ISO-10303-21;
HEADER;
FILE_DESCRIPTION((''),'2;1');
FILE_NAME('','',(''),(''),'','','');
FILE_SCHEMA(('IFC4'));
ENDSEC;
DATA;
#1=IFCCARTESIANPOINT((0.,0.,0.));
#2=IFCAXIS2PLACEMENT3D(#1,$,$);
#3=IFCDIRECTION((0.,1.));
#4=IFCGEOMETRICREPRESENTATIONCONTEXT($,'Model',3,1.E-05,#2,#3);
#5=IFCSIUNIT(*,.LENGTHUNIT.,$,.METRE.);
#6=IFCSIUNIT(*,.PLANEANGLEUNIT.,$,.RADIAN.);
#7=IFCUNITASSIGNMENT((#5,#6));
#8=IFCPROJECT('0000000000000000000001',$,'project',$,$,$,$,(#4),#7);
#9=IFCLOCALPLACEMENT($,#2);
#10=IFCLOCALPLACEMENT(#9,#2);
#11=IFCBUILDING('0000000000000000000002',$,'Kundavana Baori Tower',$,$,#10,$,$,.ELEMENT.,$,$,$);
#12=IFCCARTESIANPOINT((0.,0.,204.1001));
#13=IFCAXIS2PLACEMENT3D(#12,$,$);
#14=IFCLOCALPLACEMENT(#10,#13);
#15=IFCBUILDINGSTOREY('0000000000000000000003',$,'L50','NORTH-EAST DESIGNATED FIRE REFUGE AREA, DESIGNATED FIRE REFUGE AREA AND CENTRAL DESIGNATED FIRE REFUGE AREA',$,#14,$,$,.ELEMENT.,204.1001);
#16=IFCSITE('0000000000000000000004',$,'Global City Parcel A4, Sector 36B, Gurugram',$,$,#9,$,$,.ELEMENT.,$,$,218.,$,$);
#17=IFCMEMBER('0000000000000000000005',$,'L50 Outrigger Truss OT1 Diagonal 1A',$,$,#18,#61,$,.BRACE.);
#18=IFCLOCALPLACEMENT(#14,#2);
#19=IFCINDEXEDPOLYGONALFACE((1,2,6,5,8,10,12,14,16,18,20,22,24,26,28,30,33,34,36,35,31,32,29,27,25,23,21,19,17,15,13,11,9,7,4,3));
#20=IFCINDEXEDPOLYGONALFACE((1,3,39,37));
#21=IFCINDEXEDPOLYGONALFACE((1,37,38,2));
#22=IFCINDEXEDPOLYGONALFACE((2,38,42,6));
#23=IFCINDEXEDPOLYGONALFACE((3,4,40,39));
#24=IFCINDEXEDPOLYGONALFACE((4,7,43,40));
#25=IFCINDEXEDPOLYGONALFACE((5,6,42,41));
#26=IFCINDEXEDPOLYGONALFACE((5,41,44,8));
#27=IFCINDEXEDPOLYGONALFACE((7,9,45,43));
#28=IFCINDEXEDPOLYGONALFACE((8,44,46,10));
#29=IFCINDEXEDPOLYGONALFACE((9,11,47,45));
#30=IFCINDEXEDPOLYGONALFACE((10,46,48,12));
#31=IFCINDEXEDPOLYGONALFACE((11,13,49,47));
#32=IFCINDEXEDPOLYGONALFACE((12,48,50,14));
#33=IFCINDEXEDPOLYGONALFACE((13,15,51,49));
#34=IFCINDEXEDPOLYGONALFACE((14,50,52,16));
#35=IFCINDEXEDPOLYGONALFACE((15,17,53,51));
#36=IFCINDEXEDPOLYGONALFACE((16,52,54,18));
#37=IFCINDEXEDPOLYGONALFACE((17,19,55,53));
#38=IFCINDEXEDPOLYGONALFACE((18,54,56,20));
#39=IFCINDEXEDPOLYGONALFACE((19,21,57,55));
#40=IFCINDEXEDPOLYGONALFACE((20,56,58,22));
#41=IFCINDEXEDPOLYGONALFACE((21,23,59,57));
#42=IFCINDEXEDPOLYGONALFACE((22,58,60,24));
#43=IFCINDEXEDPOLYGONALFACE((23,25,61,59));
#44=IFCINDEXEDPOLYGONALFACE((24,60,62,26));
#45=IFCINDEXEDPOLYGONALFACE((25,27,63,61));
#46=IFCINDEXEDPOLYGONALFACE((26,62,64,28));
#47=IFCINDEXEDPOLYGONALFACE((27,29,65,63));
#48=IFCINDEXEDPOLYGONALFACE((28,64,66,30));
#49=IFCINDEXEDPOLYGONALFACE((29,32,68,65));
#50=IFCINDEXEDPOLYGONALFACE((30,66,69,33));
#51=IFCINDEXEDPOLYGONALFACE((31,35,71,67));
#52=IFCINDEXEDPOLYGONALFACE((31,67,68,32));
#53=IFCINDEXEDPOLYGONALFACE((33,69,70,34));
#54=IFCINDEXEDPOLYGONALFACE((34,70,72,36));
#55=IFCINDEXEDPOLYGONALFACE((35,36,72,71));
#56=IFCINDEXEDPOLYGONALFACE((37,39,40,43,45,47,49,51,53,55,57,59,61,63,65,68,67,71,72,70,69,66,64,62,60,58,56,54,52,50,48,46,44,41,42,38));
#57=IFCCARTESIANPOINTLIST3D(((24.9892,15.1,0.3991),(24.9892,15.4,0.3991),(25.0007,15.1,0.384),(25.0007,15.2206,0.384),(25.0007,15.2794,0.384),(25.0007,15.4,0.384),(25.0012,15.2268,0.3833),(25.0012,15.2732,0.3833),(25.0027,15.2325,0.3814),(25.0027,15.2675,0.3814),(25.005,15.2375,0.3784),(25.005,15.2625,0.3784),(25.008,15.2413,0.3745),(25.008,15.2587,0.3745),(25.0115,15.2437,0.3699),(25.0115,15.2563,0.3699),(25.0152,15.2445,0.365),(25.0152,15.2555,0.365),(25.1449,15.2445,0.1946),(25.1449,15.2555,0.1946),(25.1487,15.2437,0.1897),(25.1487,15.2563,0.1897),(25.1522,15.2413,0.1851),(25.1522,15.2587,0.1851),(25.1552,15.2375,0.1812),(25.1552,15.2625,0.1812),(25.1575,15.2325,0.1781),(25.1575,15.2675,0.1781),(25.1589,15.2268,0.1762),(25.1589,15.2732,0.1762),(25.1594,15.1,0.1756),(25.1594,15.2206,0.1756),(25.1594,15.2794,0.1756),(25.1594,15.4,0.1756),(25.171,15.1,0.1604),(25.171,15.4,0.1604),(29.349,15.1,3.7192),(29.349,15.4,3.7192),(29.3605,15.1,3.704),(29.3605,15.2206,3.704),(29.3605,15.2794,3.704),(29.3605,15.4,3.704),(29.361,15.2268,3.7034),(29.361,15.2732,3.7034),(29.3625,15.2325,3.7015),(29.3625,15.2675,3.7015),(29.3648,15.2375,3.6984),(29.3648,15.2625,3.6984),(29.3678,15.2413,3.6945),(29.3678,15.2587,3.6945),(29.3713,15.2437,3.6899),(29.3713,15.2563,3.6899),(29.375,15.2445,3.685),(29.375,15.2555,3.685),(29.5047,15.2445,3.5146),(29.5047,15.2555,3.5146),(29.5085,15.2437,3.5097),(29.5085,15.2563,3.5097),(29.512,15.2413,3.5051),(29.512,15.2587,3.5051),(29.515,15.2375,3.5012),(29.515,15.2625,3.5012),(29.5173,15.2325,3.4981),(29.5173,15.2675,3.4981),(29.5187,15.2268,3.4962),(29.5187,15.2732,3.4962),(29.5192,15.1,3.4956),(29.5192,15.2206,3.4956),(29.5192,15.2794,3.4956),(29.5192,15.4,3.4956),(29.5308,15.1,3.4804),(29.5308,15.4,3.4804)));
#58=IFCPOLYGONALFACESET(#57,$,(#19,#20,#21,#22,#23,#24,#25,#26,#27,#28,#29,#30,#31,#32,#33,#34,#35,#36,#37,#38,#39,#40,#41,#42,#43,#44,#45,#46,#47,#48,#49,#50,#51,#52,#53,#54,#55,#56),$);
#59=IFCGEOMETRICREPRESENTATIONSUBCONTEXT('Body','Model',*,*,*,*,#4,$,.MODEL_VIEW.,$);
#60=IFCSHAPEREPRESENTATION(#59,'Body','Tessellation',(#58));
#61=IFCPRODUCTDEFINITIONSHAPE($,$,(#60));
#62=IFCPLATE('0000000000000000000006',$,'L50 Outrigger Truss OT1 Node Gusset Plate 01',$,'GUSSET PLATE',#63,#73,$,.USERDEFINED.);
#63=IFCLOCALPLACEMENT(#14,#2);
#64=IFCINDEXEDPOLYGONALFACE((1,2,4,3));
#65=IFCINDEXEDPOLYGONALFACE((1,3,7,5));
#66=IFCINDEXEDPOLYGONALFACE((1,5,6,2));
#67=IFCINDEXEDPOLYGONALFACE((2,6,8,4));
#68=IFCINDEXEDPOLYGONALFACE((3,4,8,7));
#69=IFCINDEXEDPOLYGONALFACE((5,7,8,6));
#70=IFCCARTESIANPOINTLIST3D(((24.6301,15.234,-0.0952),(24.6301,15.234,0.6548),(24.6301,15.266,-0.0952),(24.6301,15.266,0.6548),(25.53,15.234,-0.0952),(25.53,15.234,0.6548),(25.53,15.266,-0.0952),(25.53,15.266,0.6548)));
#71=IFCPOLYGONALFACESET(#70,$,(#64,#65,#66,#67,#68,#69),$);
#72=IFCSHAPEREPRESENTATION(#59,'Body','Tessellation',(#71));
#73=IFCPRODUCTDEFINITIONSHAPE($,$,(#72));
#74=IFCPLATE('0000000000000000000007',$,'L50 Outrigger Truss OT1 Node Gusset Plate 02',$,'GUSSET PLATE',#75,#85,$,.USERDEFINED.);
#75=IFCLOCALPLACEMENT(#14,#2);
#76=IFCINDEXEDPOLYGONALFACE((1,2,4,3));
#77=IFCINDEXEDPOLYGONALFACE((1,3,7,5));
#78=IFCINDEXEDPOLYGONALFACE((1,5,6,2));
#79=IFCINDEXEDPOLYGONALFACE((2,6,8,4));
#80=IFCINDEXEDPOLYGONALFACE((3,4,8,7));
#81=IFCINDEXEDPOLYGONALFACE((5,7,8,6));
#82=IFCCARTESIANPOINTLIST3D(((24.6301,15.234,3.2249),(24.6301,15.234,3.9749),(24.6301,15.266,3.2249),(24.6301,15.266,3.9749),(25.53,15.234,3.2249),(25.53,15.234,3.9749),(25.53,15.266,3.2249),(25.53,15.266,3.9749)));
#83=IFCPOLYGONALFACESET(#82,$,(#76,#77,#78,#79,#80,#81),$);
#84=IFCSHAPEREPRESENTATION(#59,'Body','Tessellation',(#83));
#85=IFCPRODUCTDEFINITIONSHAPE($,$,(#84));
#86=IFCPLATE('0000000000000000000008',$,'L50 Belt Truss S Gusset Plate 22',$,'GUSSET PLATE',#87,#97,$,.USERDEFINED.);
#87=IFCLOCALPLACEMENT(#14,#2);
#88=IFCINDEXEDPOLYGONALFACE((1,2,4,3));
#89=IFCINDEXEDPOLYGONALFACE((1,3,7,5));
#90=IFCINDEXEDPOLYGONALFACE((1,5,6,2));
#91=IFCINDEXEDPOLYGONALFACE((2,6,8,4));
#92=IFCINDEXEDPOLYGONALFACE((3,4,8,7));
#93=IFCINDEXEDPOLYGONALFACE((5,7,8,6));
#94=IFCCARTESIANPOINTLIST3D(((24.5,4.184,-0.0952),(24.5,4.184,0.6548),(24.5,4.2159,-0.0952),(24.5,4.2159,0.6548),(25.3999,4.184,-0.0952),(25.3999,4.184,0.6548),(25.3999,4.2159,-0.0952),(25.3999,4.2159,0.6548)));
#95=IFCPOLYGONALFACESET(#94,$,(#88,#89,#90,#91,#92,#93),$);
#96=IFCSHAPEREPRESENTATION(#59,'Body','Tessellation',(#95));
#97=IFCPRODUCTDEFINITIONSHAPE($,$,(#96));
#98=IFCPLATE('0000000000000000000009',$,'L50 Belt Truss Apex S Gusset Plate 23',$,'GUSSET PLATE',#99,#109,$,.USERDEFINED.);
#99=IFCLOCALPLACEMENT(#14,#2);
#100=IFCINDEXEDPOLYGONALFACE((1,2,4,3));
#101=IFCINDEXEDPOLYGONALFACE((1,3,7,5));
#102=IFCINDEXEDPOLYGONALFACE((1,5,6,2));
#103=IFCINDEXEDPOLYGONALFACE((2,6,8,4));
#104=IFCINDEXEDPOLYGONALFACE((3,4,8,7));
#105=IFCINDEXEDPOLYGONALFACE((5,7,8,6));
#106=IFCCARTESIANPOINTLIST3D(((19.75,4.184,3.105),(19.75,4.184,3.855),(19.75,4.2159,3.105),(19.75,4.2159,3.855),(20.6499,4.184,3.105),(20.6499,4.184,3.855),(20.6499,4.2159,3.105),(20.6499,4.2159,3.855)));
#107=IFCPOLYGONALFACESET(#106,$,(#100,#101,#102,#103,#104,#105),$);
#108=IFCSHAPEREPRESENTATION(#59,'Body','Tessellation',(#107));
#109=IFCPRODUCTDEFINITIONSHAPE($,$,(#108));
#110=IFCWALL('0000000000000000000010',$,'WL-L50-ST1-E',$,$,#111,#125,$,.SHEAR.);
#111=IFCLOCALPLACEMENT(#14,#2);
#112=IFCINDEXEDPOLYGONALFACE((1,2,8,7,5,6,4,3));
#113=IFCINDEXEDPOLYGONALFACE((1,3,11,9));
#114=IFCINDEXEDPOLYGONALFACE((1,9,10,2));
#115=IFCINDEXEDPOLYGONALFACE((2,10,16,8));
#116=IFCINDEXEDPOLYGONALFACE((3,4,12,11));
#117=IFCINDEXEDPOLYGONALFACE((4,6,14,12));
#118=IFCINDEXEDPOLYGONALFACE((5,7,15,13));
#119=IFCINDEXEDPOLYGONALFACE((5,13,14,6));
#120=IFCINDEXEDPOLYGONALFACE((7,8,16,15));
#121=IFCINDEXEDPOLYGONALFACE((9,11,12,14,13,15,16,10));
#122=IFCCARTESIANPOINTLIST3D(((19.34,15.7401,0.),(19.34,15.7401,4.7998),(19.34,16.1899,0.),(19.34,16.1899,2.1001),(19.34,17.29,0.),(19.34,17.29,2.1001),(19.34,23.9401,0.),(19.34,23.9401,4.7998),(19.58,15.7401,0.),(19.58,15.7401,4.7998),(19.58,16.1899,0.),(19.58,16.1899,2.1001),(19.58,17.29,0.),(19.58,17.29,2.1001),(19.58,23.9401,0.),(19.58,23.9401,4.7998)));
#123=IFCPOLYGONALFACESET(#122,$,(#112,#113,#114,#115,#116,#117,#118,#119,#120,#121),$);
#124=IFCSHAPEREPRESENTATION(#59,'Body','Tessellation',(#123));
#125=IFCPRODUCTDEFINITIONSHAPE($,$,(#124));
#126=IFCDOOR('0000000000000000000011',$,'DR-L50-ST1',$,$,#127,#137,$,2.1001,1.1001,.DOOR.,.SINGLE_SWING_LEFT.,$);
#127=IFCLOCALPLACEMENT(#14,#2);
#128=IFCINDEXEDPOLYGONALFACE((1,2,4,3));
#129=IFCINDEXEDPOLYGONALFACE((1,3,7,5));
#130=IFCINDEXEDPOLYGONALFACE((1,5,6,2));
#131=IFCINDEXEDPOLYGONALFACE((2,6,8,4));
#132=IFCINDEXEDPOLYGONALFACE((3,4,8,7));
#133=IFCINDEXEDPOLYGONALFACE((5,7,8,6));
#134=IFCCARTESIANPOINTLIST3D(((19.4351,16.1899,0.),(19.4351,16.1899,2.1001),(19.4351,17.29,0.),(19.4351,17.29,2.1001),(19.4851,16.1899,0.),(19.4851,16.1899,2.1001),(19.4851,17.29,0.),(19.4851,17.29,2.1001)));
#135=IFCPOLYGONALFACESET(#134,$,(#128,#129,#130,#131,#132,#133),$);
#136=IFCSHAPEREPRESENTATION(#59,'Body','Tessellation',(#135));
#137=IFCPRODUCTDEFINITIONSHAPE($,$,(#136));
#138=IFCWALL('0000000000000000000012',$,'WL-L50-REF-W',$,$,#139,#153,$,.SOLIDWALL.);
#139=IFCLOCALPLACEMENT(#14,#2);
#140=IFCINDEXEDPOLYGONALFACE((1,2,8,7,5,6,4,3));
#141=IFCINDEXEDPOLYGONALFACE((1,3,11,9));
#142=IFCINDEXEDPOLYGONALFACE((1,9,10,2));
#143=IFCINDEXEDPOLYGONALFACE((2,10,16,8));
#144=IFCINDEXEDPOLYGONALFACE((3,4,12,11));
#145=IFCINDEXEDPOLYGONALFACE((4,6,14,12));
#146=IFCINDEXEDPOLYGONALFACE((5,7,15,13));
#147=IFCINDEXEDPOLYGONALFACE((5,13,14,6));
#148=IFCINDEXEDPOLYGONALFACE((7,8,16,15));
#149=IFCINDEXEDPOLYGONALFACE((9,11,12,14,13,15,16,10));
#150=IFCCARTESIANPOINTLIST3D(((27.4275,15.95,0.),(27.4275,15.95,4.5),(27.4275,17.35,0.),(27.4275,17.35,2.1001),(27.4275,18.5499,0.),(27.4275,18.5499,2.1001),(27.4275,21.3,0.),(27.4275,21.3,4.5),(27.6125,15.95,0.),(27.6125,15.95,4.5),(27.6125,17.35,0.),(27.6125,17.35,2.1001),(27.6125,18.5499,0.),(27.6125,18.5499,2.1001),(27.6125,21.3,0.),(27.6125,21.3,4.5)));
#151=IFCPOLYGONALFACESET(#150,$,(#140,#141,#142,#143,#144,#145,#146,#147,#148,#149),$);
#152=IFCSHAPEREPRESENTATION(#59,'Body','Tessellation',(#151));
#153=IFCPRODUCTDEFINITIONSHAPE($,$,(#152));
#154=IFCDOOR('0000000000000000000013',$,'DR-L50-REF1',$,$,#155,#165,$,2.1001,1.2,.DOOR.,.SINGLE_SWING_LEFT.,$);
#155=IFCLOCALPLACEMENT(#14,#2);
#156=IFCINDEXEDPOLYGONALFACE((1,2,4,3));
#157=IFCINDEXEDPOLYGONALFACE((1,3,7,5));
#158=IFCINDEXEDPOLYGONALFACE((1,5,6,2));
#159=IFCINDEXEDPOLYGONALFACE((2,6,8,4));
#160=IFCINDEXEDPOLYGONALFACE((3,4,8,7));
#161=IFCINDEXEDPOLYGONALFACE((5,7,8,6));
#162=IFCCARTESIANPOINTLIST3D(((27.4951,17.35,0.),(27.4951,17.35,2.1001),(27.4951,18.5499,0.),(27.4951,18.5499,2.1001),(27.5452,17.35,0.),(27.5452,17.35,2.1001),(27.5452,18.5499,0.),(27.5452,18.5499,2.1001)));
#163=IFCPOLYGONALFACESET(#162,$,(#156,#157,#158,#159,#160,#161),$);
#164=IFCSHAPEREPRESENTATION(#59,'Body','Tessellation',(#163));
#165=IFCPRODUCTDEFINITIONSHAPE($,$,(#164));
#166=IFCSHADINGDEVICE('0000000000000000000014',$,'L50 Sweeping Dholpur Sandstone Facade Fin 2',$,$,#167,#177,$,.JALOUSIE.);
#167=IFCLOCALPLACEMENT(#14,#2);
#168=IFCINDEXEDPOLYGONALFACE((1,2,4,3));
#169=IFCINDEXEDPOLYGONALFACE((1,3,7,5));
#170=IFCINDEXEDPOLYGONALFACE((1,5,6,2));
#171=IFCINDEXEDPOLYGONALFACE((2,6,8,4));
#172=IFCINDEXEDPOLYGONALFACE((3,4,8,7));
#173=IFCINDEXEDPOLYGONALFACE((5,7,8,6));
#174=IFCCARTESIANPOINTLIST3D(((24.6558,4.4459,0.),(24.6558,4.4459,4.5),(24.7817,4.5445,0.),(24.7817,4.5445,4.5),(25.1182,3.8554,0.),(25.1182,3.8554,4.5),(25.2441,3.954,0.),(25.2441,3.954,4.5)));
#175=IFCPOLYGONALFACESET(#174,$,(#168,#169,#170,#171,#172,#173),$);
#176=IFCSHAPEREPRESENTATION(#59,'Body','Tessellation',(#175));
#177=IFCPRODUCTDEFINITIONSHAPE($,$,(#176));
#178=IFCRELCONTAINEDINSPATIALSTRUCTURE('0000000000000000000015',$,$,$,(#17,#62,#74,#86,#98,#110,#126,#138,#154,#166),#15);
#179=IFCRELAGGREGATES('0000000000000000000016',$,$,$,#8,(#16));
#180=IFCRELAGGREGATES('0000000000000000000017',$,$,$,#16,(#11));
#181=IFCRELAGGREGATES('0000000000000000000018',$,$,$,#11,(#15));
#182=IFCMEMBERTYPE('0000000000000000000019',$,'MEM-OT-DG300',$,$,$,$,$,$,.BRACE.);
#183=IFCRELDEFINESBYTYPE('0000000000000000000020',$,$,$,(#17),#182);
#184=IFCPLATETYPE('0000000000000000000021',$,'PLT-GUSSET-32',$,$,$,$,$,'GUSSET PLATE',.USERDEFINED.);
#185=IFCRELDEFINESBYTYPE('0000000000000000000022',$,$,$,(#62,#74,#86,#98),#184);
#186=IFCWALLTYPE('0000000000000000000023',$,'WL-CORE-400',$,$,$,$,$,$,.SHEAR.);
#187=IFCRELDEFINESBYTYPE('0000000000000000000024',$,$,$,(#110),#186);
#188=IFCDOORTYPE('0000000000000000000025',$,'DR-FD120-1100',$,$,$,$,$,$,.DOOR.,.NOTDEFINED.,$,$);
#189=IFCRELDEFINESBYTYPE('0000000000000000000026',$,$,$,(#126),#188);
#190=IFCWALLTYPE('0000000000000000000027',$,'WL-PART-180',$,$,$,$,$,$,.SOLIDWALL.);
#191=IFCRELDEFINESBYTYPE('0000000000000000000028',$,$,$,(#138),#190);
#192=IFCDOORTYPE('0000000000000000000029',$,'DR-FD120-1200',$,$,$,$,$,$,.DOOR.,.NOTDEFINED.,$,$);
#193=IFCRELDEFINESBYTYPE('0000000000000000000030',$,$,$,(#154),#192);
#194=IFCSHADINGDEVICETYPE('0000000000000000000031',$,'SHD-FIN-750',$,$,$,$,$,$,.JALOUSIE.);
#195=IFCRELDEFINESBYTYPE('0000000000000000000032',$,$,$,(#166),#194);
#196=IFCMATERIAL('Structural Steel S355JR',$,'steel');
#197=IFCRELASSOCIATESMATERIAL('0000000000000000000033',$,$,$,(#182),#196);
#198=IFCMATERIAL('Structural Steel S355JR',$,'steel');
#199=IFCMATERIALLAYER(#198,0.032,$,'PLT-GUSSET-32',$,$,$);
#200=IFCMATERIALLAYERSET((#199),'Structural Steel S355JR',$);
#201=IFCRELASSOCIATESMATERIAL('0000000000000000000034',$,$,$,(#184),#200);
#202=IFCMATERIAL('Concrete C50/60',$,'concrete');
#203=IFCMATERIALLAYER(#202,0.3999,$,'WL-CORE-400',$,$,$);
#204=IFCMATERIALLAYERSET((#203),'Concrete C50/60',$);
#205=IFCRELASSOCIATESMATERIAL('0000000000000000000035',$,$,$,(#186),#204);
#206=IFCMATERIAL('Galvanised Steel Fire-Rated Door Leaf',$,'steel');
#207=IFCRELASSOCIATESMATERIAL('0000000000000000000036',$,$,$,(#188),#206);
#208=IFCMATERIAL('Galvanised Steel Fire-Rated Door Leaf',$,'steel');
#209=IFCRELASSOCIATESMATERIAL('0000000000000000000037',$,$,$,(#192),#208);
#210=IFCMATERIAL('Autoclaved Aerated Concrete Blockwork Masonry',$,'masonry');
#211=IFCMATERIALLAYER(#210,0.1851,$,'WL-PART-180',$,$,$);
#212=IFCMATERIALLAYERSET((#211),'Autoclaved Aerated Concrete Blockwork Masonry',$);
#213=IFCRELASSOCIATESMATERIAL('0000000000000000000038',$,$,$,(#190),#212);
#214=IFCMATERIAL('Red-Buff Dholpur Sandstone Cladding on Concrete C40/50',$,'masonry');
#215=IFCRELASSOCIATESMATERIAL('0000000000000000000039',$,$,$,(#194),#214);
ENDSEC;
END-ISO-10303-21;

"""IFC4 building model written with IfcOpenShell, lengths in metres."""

from ifc_helpers import new_model, si_unit, direction, frame, frame_2d, origin, origin_2d, place, context, subcontext, project, spatial, rectangle, i_section, extrude, material, layer, layer_set, material_profile, profile_set, type_object, element, fill, save


model = new_model("IFC4")

# Units and contexts
model_context = context("Model", 3, precision=1e-05, world=origin(), true_north=direction((0.0, 1.0)))
body_context = subcontext(model_context, "Body", "Model", "MODEL_VIEW")
ifc_project = project(units=[si_unit("LENGTHUNIT", "METRE"), si_unit("PLANEANGLEUNIT", "RADIAN")], contexts=[model_context])

# Site, building, storey
site_placement = place(None, origin())
site = spatial("IfcSite", under=ifc_project, at=site_placement, Name="Global City Parcel A4, Sector 36B, Gurugram", CompositionType="ELEMENT", RefElevation=218.0)
building_placement = place(site_placement, origin())
building = spatial("IfcBuilding", under=site, at=building_placement, Name="Kundavana Baori Tower", CompositionType="ELEMENT")
storey_placement = place(building_placement, frame((0.0, 0.0, 204.1001)))
storey = spatial("IfcBuildingStorey", under=building, at=storey_placement, Name="L50", Description="NORTH-EAST DESIGNATED FIRE REFUGE AREA, DESIGNATED FIRE REFUGE AREA AND CENTRAL DESIGNATED FIRE REFUGE AREA", CompositionType="ELEMENT", Elevation=204.1001)

# Member
ifc_material_1 = material(Name="Structural Steel S355JR", Category="steel")
ifc_material_profile_1 = material_profile(ifc_material_1, i_section(OverallWidth=0.3, OverallDepth=0.3, WebThickness=0.011, FlangeThickness=0.019, FilletRadius=0.0239, at=origin_2d()), Name="WPB 300x300x117")
ifc_profile_set_1 = profile_set([ifc_material_profile_1], Name="Structural Steel S355JR")
member_type_1 = type_object("IfcMemberType", Name="MEM-OT-DG300", PredefinedType="BRACE", material=ifc_profile_set_1)
member_1_placement = place(storey_placement, frame((25.0801, 15.25, 0.2798), z_axis=(0.795584, 0.0, 0.605843), x_axis=(0.0, 1.0, 0.0)))
element("IfcMember", 1, at=member_1_placement, inside=storey, type_object=member_type_1, Name="L50 Outrigger Truss OT1 Diagonal 1A", PredefinedType="BRACE", context=body_context, shape_type="SweptSolid", body=[
    extrude(i_section(OverallWidth=0.3, OverallDepth=0.3, WebThickness=0.011, FlangeThickness=0.019, FilletRadius=0.0239, at=origin_2d()), origin(), (0.0, 0.0, 1.0), 5.48),
])

# Plates
ifc_material_2 = material(Name="Structural Steel S355JR", Category="steel")
ifc_layer_1 = layer(ifc_material_2, 0.032, Name="PLT-GUSSET-32")
ifc_layer_set_1 = layer_set([ifc_layer_1], Name="Structural Steel S355JR")
plate_type = type_object("IfcPlateType", Name="PLT-GUSSET-32", ElementType="GUSSET PLATE", PredefinedType="USERDEFINED", material=ifc_layer_set_1)
for number, where, z_axis, x_axis, name in (
    (2, (25.0801, 15.25, -0.0952), (0.0, 0.0, 1.0), (1.0, 0.0, 0.0), "L50 Outrigger Truss OT1 Node Gusset Plate 01"),
    (3, (25.0801, 15.25, 3.2249), (0.0, 0.0, 1.0), (1.0, 0.0, 0.0), "L50 Outrigger Truss OT1 Node Gusset Plate 02"),
    (4, (24.95, 4.2, -0.0952), (0.0, 0.0, 1.0), (1.0, 0.0, 0.0), "L50 Belt Truss S Gusset Plate 22"),
    (5, (20.2, 4.2, 3.105), (0.0, 0.0, 1.0), (1.0, 0.0, 0.0), "L50 Belt Truss Apex S Gusset Plate 23"),
):
    element("IfcPlate", number, at=place(storey_placement, frame(where, z_axis=z_axis, x_axis=x_axis)), inside=storey, type_object=plate_type, Name=name, ObjectType="GUSSET PLATE", PredefinedType="USERDEFINED", context=body_context, shape_type="SweptSolid", body=[
        extrude(rectangle(XDim=0.8999, YDim=0.032, at=origin_2d()), origin(), (0.0, 0.0, 1.0), 0.75),
    ])

# Wall, opening, door
ifc_material_3 = material(Name="Concrete C50/60", Category="concrete")
ifc_layer_2 = layer(ifc_material_3, 0.3999, Name="WL-CORE-400")
ifc_layer_set_2 = layer_set([ifc_layer_2], Name="Concrete C50/60")
wall_type_1 = type_object("IfcWallType", Name="WL-CORE-400", PredefinedType="SHEAR", material=ifc_layer_set_2)
wall_1_placement = place(storey_placement, frame((19.46, 15.74, 0.0), z_axis=(0.0, 0.0, 1.0), x_axis=(0.0, 1.0, 0.0)))
wall_1 = element("IfcWall", 6, at=wall_1_placement, inside=storey, type_object=wall_type_1, Name="WL-L50-ST1-E", PredefinedType="SHEAR", context=body_context, shape_type="SweptSolid", body=[
    extrude(rectangle(XDim=8.2, YDim=0.24, at=frame_2d((4.1001, 0.0))), origin(), (0.0, 0.0, 1.0), 4.7998),
])
opening_1_placement = place(wall_1_placement, frame((0.45, 0.0, 0.0)))
opening_1 = element("IfcOpeningElement", 7, at=opening_1_placement, cuts=wall_1, PredefinedType="OPENING", context=body_context, shape_type="SweptSolid", body=[
    extrude(rectangle(XDim=1.1001, YDim=2.1001, at=frame_2d((0.55, 1.05))), frame((0.0, 0.1299, 0.0), z_axis=(0.0, -1.0, 0.0), x_axis=(1.0, 0.0, 0.0)), (0.0, 0.0, 1.0), 0.26),
])
ifc_material_4 = material(Name="Galvanised Steel Fire-Rated Door Leaf", Category="steel")
door_type_1 = type_object("IfcDoorType", Name="DR-FD120-1100", OperationType="NOTDEFINED", PredefinedType="DOOR", material=ifc_material_4)
door_1_placement = place(opening_1_placement, origin())
door_1 = element("IfcDoor", 8, at=door_1_placement, inside=storey, type_object=door_type_1, Name="DR-L50-ST1", OperationType="SINGLE_SWING_LEFT", OverallHeight=2.1001, OverallWidth=1.1001, PredefinedType="DOOR", context=body_context, shape_type="SweptSolid", body=[
    extrude(rectangle(XDim=1.1001, YDim=2.1001, at=frame_2d((0.55, 1.05))), frame((0.0, 0.0249, 0.0), z_axis=(0.0, -1.0, 0.0), x_axis=(1.0, 0.0, 0.0)), (0.0, 0.0, 1.0), 0.05),
])
fill(opening_1, door_1)

# Shared definitions
ifc_material_5 = material(Name="Galvanised Steel Fire-Rated Door Leaf", Category="steel")
door_type_2 = type_object("IfcDoorType", Name="DR-FD120-1200", OperationType="NOTDEFINED", PredefinedType="DOOR", material=ifc_material_5)

# Wall, opening, door
ifc_material_6 = material(Name="Autoclaved Aerated Concrete Blockwork Masonry", Category="masonry")
ifc_layer_3 = layer(ifc_material_6, 0.1851, Name="WL-PART-180")
ifc_layer_set_3 = layer_set([ifc_layer_3], Name="Autoclaved Aerated Concrete Blockwork Masonry")
wall_type_2 = type_object("IfcWallType", Name="WL-PART-180", PredefinedType="SOLIDWALL", material=ifc_layer_set_3)
wall_2_placement = place(storey_placement, frame((27.52, 15.95, 0.0), z_axis=(0.0, 0.0, 1.0), x_axis=(0.0, 1.0, 0.0)))
wall_2 = element("IfcWall", 9, at=wall_2_placement, inside=storey, type_object=wall_type_2, Name="WL-L50-REF-W", PredefinedType="SOLIDWALL", context=body_context, shape_type="SweptSolid", body=[
    extrude(rectangle(XDim=5.3501, YDim=0.1851, at=frame_2d((2.675, 0.0))), origin(), (0.0, 0.0, 1.0), 4.5),
])
opening_2_placement = place(wall_2_placement, frame((1.3999, 0.0, 0.0)))
opening_2 = element("IfcOpeningElement", 10, at=opening_2_placement, cuts=wall_2, PredefinedType="OPENING", context=body_context, shape_type="SweptSolid", body=[
    extrude(rectangle(XDim=1.2, YDim=2.1001, at=frame_2d((0.6001, 1.05))), frame((0.0, 0.1025, 0.0), z_axis=(0.0, -1.0, 0.0), x_axis=(1.0, 0.0, 0.0)), (0.0, 0.0, 1.0), 0.2051),
])
door_2_placement = place(opening_2_placement, origin())
door_2 = element("IfcDoor", 11, at=door_2_placement, inside=storey, type_object=door_type_2, Name="DR-L50-REF1", OperationType="SINGLE_SWING_LEFT", OverallHeight=2.1001, OverallWidth=1.2, PredefinedType="DOOR", context=body_context, shape_type="SweptSolid", body=[
    extrude(rectangle(XDim=1.2, YDim=2.1001, at=frame_2d((0.6001, 1.05))), frame((0.0, 0.0249, 0.0), z_axis=(0.0, -1.0, 0.0), x_axis=(1.0, 0.0, 0.0)), (0.0, 0.0, 1.0), 0.05),
])
fill(opening_2, door_2)

# Shading device
ifc_material_7 = material(Name="Red-Buff Dholpur Sandstone Cladding on Concrete C40/50", Category="masonry")
shading_device_type = type_object("IfcShadingDeviceType", Name="SHD-FIN-750", PredefinedType="JALOUSIE", material=ifc_material_7)
shading_device_placement = place(storey_placement, frame((24.95, 4.2, 0.0), z_axis=(0.0, 0.0, 1.0), x_axis=(0.787366, 0.616486, 0.0)))
element("IfcShadingDevice", 12, at=shading_device_placement, inside=storey, type_object=shading_device_type, Name="L50 Sweeping Dholpur Sandstone Facade Fin 2", PredefinedType="JALOUSIE", context=body_context, shape_type="SweptSolid", body=[
    extrude(rectangle(XDim=0.1599, YDim=0.75, at=origin_2d()), origin(), (0.0, 0.0, 1.0), 4.5),
])

save(model, "model.ifc")
